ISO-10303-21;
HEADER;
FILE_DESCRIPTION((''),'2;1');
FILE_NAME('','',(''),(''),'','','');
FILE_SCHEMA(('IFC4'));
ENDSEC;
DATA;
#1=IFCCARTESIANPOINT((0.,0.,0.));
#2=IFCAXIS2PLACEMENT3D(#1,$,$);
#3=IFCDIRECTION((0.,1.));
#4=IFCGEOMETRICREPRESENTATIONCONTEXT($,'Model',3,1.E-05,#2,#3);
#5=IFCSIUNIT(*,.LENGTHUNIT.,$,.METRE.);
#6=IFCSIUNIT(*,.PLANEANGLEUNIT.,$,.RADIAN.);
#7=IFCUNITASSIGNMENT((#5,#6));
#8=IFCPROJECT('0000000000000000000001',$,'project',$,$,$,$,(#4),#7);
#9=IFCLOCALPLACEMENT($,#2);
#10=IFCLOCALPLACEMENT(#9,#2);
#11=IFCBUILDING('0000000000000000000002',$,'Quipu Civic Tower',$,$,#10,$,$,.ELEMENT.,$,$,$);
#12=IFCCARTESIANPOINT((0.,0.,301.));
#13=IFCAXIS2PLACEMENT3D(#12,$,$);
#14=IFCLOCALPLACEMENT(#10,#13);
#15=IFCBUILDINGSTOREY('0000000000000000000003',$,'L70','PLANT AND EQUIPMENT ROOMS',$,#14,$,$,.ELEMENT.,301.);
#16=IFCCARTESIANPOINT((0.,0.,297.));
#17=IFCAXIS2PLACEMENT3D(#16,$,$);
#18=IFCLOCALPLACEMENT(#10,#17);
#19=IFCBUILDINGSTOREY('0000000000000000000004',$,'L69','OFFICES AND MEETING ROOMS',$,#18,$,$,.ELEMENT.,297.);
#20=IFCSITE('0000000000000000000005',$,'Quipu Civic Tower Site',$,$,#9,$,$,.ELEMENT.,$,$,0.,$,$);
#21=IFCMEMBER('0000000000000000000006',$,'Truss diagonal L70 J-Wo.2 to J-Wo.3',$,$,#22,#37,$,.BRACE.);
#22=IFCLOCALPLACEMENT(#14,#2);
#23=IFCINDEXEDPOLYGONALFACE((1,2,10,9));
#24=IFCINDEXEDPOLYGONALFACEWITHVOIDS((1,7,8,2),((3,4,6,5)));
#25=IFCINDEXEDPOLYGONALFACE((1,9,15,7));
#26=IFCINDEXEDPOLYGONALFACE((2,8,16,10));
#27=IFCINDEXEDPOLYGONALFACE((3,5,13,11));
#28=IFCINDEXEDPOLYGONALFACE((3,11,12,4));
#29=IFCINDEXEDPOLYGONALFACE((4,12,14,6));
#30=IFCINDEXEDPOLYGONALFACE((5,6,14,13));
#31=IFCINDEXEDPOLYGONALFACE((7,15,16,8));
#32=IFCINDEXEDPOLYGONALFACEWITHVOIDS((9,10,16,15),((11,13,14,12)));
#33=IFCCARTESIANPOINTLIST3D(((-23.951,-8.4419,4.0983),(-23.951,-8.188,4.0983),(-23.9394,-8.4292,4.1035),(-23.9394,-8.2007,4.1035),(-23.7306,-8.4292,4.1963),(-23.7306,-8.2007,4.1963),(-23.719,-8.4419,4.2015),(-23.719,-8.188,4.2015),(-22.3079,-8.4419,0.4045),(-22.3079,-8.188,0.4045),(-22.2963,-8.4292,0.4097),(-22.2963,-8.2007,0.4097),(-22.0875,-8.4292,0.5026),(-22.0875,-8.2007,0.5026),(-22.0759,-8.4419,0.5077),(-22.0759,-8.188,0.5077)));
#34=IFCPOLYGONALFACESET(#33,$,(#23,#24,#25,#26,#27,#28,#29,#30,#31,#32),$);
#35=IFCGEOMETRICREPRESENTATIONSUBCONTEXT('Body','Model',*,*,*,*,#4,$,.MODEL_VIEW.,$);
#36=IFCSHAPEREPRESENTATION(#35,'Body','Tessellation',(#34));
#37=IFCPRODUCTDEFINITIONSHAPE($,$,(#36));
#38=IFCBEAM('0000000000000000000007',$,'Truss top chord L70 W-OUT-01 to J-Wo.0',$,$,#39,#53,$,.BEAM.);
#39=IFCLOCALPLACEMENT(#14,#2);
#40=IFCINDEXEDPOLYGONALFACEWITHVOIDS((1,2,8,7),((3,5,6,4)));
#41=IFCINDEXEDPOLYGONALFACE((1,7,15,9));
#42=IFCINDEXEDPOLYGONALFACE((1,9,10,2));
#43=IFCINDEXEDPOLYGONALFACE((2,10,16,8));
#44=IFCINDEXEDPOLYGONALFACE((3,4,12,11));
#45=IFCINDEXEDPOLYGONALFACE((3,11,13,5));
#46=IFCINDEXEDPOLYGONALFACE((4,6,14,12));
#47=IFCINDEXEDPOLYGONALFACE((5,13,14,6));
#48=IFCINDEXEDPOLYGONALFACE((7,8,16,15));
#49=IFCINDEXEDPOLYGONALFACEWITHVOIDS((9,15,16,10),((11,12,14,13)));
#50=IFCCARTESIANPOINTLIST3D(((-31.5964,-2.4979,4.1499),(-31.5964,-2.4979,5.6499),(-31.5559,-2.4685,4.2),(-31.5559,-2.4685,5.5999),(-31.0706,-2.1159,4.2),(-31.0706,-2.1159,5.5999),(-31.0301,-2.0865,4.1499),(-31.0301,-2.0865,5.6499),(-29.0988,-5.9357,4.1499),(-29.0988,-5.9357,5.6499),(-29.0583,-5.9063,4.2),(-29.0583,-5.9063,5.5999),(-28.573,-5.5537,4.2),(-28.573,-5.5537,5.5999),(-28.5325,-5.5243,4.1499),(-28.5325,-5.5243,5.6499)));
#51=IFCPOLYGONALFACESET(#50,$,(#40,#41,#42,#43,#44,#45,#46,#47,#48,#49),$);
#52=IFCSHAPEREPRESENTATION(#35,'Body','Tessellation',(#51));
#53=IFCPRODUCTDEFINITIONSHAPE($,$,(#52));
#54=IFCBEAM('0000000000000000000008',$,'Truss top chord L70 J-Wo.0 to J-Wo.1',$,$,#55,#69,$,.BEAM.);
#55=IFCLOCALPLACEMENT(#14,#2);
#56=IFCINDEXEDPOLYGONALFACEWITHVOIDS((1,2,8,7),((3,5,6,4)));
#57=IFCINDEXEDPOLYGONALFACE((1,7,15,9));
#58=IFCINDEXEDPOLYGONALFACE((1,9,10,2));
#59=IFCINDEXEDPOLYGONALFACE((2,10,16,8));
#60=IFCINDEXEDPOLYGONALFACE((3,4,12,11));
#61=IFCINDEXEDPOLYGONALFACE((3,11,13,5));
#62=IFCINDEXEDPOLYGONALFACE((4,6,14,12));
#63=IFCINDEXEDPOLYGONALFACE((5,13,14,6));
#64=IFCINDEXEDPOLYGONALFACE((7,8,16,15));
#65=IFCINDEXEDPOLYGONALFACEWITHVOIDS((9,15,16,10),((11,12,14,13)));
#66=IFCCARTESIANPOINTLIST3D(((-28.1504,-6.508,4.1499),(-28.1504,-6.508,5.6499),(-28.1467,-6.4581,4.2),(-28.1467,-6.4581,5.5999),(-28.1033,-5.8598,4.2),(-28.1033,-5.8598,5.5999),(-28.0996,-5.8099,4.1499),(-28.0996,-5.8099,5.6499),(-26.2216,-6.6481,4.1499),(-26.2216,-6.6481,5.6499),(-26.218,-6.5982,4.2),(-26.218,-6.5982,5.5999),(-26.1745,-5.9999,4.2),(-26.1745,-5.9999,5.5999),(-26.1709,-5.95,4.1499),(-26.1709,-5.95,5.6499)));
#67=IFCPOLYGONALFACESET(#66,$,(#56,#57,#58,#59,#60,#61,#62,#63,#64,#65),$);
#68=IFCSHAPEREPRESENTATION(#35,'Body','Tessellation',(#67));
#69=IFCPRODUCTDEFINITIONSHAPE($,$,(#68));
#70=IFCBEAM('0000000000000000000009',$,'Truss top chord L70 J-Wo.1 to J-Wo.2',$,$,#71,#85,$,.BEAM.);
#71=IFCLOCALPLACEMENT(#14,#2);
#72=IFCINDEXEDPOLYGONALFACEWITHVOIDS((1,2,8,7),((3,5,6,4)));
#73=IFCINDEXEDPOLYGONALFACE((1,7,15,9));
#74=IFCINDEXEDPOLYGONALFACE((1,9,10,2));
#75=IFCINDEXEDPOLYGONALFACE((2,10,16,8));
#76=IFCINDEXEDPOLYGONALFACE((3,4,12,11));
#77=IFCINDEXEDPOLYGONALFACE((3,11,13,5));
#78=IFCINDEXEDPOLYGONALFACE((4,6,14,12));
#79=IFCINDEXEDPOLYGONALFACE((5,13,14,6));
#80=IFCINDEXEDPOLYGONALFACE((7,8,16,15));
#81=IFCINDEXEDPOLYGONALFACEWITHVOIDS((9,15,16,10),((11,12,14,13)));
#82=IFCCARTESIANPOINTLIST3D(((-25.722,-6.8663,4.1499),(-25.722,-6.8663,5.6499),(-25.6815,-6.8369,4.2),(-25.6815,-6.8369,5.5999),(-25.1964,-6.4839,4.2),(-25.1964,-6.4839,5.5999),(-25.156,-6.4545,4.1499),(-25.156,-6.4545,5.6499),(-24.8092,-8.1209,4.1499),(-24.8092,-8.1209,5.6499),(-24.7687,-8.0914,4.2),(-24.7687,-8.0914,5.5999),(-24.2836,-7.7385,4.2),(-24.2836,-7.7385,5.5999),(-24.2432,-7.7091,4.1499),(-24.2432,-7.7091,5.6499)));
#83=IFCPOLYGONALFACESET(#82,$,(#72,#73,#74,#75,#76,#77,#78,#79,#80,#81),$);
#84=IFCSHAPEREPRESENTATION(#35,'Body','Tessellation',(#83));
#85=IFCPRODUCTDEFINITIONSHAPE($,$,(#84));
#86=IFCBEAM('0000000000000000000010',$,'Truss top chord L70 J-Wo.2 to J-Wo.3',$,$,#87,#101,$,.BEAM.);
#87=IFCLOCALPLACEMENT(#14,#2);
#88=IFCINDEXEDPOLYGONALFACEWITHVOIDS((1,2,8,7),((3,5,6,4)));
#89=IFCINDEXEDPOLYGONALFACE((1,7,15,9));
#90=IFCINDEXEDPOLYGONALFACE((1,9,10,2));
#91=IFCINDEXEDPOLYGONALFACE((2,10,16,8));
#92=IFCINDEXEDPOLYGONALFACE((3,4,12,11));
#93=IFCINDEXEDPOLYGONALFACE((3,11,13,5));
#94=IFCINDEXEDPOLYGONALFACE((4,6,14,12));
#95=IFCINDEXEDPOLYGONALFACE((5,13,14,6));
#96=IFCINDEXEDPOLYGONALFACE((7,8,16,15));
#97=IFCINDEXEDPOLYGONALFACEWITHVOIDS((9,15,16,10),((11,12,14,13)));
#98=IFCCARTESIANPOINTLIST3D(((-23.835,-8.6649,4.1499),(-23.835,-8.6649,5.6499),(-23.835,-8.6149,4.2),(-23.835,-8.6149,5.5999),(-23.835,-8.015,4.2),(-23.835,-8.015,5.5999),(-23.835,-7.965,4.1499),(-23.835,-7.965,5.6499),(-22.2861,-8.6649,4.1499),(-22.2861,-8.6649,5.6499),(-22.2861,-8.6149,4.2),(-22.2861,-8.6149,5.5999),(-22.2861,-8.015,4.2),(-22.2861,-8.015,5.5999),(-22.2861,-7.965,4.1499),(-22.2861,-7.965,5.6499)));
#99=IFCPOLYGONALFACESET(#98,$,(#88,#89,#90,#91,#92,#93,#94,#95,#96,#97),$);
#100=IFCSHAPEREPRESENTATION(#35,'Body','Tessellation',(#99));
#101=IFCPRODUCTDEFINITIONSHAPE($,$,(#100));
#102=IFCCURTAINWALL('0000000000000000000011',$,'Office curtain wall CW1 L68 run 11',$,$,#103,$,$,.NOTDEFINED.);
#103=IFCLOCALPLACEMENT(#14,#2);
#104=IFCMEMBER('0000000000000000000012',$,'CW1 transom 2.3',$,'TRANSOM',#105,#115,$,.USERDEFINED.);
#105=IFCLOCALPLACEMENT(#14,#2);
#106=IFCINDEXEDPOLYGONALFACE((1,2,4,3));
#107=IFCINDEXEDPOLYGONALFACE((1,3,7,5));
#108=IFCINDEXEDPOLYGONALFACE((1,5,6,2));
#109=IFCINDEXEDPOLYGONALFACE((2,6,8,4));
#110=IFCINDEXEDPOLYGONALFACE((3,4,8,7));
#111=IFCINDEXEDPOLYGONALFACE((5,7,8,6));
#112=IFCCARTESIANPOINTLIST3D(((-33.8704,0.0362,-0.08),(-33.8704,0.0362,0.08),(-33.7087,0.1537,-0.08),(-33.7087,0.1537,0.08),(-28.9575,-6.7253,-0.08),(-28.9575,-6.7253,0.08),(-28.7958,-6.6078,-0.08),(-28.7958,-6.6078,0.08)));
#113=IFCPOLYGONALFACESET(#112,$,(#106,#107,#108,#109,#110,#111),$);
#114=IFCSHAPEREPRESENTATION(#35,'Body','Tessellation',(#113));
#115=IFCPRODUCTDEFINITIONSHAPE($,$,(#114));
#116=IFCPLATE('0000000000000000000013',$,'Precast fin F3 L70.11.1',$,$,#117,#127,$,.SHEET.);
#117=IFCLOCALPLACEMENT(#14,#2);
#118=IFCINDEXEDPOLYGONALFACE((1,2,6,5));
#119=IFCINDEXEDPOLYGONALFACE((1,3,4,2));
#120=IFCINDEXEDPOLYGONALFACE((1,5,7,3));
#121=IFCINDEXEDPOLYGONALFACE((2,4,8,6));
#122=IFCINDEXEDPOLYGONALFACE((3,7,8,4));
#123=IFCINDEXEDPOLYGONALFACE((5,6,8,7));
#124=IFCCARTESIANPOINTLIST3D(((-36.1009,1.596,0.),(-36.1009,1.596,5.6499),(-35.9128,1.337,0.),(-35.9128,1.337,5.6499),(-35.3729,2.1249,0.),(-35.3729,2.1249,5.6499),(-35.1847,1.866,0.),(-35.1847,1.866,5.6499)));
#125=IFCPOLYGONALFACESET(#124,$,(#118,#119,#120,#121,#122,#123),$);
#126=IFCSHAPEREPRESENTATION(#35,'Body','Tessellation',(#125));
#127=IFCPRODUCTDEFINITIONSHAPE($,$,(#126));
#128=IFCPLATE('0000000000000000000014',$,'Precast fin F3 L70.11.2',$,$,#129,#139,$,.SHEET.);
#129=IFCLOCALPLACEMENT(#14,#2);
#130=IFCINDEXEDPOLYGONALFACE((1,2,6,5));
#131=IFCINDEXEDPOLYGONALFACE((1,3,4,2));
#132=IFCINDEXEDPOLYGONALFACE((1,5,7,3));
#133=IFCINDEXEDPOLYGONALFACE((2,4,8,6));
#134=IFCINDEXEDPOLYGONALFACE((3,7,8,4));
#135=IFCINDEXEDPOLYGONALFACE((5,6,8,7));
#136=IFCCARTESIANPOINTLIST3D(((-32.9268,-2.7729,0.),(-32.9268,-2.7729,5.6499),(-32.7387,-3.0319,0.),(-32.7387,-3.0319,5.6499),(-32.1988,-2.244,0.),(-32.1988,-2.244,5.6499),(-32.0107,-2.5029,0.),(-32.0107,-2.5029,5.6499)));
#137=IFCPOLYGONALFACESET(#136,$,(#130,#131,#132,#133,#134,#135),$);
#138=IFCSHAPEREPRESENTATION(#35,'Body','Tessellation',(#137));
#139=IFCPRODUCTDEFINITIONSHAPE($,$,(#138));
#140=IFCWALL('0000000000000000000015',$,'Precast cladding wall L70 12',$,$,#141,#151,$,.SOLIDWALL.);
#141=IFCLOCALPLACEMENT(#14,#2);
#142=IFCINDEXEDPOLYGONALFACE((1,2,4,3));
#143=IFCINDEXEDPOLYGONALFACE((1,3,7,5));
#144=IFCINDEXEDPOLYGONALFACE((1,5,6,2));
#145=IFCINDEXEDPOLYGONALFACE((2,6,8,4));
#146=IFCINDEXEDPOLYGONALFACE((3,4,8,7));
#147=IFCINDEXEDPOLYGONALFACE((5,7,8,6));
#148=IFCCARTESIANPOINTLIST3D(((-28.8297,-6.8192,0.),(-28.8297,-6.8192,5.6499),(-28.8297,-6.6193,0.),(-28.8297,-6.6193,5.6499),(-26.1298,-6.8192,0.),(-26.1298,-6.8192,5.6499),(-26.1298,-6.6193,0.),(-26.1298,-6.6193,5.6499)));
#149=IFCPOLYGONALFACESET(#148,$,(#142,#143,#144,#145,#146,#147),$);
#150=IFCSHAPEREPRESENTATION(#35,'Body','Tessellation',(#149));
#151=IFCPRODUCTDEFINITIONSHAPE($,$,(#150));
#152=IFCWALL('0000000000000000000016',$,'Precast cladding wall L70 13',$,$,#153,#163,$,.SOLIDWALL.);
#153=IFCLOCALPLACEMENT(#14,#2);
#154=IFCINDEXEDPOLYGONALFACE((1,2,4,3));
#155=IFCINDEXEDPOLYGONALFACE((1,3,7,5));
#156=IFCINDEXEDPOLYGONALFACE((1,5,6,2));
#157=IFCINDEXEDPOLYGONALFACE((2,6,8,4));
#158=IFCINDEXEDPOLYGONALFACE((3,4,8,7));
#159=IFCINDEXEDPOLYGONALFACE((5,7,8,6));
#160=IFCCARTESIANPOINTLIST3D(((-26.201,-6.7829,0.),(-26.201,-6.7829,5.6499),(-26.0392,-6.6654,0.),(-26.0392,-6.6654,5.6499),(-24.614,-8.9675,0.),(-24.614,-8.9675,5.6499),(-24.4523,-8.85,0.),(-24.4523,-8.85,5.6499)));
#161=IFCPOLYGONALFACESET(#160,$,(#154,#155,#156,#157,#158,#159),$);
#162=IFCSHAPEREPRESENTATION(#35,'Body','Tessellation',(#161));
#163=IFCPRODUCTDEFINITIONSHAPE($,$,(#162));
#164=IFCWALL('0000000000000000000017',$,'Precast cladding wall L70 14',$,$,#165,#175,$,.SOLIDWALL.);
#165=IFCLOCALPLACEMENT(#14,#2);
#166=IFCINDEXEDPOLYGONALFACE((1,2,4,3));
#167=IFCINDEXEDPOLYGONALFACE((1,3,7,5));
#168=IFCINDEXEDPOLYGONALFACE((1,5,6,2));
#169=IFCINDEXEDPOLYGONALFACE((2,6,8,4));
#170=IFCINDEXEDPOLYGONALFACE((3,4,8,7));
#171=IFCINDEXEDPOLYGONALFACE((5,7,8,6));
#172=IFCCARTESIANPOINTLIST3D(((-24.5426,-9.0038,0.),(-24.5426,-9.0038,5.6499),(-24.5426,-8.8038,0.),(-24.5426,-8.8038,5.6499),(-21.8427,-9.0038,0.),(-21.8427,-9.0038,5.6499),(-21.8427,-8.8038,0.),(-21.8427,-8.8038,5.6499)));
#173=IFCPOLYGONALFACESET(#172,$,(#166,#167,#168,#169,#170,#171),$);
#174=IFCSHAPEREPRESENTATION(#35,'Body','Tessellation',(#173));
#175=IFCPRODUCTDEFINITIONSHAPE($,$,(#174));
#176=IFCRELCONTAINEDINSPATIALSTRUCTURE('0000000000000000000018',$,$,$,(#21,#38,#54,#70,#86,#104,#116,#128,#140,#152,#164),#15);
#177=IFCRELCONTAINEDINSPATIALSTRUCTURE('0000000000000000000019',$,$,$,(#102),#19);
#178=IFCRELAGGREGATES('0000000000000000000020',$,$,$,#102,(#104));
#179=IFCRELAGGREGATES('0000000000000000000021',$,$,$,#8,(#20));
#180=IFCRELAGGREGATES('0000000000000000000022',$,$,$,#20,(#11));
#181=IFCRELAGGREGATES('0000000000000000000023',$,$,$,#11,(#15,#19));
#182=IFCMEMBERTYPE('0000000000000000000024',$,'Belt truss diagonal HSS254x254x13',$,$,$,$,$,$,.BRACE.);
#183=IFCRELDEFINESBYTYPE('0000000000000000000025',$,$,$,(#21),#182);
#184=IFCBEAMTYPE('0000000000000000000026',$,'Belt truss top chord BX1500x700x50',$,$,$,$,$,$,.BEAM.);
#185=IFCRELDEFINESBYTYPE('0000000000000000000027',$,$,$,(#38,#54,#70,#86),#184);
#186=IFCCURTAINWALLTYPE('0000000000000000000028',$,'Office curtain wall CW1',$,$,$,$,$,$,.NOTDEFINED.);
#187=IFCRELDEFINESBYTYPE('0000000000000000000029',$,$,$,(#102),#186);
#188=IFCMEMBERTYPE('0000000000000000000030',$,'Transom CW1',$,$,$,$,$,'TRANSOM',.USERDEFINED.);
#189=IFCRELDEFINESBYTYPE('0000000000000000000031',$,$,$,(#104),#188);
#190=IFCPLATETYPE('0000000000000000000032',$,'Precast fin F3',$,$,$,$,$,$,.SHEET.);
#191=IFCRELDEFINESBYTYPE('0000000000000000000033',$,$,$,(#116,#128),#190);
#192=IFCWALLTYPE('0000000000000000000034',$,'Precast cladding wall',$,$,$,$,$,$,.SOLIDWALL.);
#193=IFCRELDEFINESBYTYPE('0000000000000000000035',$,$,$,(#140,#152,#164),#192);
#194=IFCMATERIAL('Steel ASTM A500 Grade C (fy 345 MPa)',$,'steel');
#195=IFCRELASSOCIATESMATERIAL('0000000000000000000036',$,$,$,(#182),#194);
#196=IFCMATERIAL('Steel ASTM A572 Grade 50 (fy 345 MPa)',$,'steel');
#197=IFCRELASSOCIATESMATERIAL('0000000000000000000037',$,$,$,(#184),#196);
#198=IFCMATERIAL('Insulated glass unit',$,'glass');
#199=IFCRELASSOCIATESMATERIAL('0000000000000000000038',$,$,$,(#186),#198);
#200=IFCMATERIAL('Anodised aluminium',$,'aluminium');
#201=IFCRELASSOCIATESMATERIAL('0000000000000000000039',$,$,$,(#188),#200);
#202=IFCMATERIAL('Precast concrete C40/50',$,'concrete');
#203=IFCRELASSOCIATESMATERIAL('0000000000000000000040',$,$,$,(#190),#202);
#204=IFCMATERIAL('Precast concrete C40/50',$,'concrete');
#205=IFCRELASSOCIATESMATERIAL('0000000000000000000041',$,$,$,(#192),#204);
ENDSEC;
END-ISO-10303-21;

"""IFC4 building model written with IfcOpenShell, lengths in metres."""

from ifc_helpers import new_model, si_unit, direction, frame, frame_2d, origin, origin_2d, place, context, subcontext, project, spatial, rectangle, hollow_rectangle, extrude, material, material_profile, profile_set, type_object, element, aggregate, save


model = new_model("IFC4")

# Units and contexts
model_context = context("Model", 3, precision=1e-05, world=origin(), true_north=direction((0.0, 1.0)))
body_context = subcontext(model_context, "Body", "Model", "MODEL_VIEW")
ifc_project = project(units=[si_unit("LENGTHUNIT", "METRE"), si_unit("PLANEANGLEUNIT", "RADIAN")], contexts=[model_context])

# Site, building, storey
site_placement = place(None, origin())
site = spatial("IfcSite", under=ifc_project, at=site_placement, Name="Quipu Civic Tower Site", CompositionType="ELEMENT", RefElevation=0.0)
building_placement = place(site_placement, origin())
building = spatial("IfcBuilding", under=site, at=building_placement, Name="Quipu Civic Tower", CompositionType="ELEMENT")
storey_1_placement = place(building_placement, frame((0.0, 0.0, 301.0)))
storey_1 = spatial("IfcBuildingStorey", under=building, at=storey_1_placement, Name="L70", Description="PLANT AND EQUIPMENT ROOMS", CompositionType="ELEMENT", Elevation=301.0)

# Member
ifc_material_1 = material(Name="Steel ASTM A500 Grade C (fy 345 MPa)", Category="steel")
ifc_material_profile_1 = material_profile(ifc_material_1, hollow_rectangle(XDim=0.2539, YDim=0.2539, WallThickness=0.0127, at=origin_2d()), Name="HSS254x254x13")
ifc_profile_set_1 = profile_set([ifc_material_profile_1], Name="Steel ASTM A500 Grade C (fy 345 MPa)")
member_type_1 = type_object("IfcMemberType", Name="Belt truss diagonal HSS254x254x13", PredefinedType="BRACE", material=ifc_profile_set_1)
member_1_placement = place(storey_1_placement, frame((-23.835, -8.3149, 4.1499), z_axis=(0.406419, 0.0, -0.913687), x_axis=(0.0, 1.0, 0.0)))
element("IfcMember", 1, at=member_1_placement, inside=storey_1, type_object=member_type_1, Name="Truss diagonal L70 J-Wo.2 to J-Wo.3", PredefinedType="BRACE", context=body_context, shape_type="SweptSolid", body=[
    extrude(hollow_rectangle(XDim=0.2539, YDim=0.2539, WallThickness=0.0127, at=origin_2d()), origin(), (0.0, 0.0, 1.0), 4.0427),
])

# Beams
ifc_material_2 = material(Name="Steel ASTM A572 Grade 50 (fy 345 MPa)", Category="steel")
ifc_material_profile_2 = material_profile(ifc_material_2, hollow_rectangle(XDim=0.7, YDim=1.5, WallThickness=0.05, at=origin_2d()), Name="BX1500x700x50")
ifc_profile_set_2 = profile_set([ifc_material_profile_2], Name="Steel ASTM A572 Grade 50 (fy 345 MPa)")
beam_type_1 = type_object("IfcBeamType", Name="Belt truss top chord BX1500x700x50", PredefinedType="BEAM", material=ifc_profile_set_2)
beam_1_placement = place(storey_1_placement, frame((-31.3132, -2.2922, 4.8999), z_axis=(0.587769, -0.809029, 0.0), x_axis=(0.809029, 0.587769, 0.0)))
element("IfcBeam", 2, at=beam_1_placement, inside=storey_1, type_object=beam_type_1, Name="Truss top chord L70 W-OUT-01 to J-Wo.0", PredefinedType="BEAM", context=body_context, shape_type="SweptSolid", body=[
    extrude(hollow_rectangle(XDim=0.7, YDim=1.5, WallThickness=0.05, at=origin_2d()), origin(), (0.0, 0.0, 1.0), 4.2493),
])
beam_2_placement = place(storey_1_placement, frame((-28.125, -6.1589, 4.8999), z_axis=(0.997371, -0.072467, 0.0), x_axis=(0.072467, 0.997371, 0.0)))
element("IfcBeam", 3, at=beam_2_placement, inside=storey_1, type_object=beam_type_1, Name="Truss top chord L70 J-Wo.0 to J-Wo.1", PredefinedType="BEAM", context=body_context, shape_type="SweptSolid", body=[
    extrude(hollow_rectangle(XDim=0.7, YDim=1.5, WallThickness=0.05, at=origin_2d()), origin(), (0.0, 0.0, 1.0), 1.9338),
])
beam_3_placement = place(storey_1_placement, frame((-25.439, -6.6604, 4.8999), z_axis=(0.588331, -0.80862, 0.0), x_axis=(0.80862, 0.588331, 0.0)))
element("IfcBeam", 4, at=beam_3_placement, inside=storey_1, type_object=beam_type_1, Name="Truss top chord L70 J-Wo.1 to J-Wo.2", PredefinedType="BEAM", context=body_context, shape_type="SweptSolid", body=[
    extrude(hollow_rectangle(XDim=0.7, YDim=1.5, WallThickness=0.05, at=origin_2d()), origin(), (0.0, 0.0, 1.0), 1.5515),
])
beam_4_placement = place(storey_1_placement, frame((-23.835, -8.3149, 4.8999), z_axis=(1.0, 0.0, 0.0), x_axis=(0.0, 1.0, 0.0)))
element("IfcBeam", 5, at=beam_4_placement, inside=storey_1, type_object=beam_type_1, Name="Truss top chord L70 J-Wo.2 to J-Wo.3", PredefinedType="BEAM", context=body_context, shape_type="SweptSolid", body=[
    extrude(hollow_rectangle(XDim=0.7, YDim=1.5, WallThickness=0.05, at=origin_2d()), origin(), (0.0, 0.0, 1.0), 1.5488),
])

# Shared definitions
storey_2_placement = place(building_placement, frame((0.0, 0.0, 297.0)))
storey_2 = spatial("IfcBuildingStorey", under=building, at=storey_2_placement, Name="L69", Description="OFFICES AND MEETING ROOMS", CompositionType="ELEMENT", Elevation=297.0)

# Curtain wall, member
ifc_material_3 = material(Name="Insulated glass unit", Category="glass")
curtain_wall_type = type_object("IfcCurtainWallType", Name="Office curtain wall CW1", PredefinedType="NOTDEFINED", material=ifc_material_3)
curtain_wall_placement = place(storey_2_placement, origin())
curtain_wall = element("IfcCurtainWall", 6, at=curtain_wall_placement, inside=storey_2, type_object=curtain_wall_type, Name="Office curtain wall CW1 L68 run 11", PredefinedType="NOTDEFINED")
ifc_material_4 = material(Name="Anodised aluminium", Category="aluminium")
ifc_material_profile_3 = material_profile(ifc_material_4, rectangle(XDim=0.2, YDim=0.1599, at=origin_2d()), Name="RECT 200x160")
ifc_profile_set_3 = profile_set([ifc_material_profile_3], Name="Anodised aluminium")
member_type_2 = type_object("IfcMemberType", Name="Transom CW1", ElementType="TRANSOM", PredefinedType="USERDEFINED", material=ifc_profile_set_3)
member_2_placement = place(storey_1_placement, frame((-33.7896, 0.095, 0.0), z_axis=(0.587812, -0.808997, 0.0), x_axis=(0.808997, 0.587812, 0.0)))
member_2 = element("IfcMember", 7, at=member_2_placement, inside=storey_1, type_object=member_type_2, Name="CW1 transom 2.3", ObjectType="TRANSOM", PredefinedType="USERDEFINED", context=body_context, shape_type="SweptSolid", body=[
    extrude(rectangle(XDim=0.2, YDim=0.1599, at=origin_2d()), origin(), (0.0, 0.0, 1.0), 8.3579),
])
aggregate(curtain_wall, [member_2])

# Plates
ifc_material_5 = material(Name="Precast concrete C40/50", Category="concrete")
plate_type = type_object("IfcPlateType", Name="Precast fin F3", PredefinedType="SHEET", material=ifc_material_5)
for number, where, z_axis, x_axis, name in (
    (8, (-35.6428, 1.731, 0.0), (0.0, 0.0, 1.0), (0.587787, -0.809016, 0.0), "Precast fin F3 L70.11.1"),
    (9, (-32.4688, -2.6379, 0.0), (0.0, 0.0, 1.0), (0.587787, -0.809016, 0.0), "Precast fin F3 L70.11.2"),
):
    element("IfcPlate", number, at=place(storey_1_placement, frame(where, z_axis=z_axis, x_axis=x_axis)), inside=storey_1, type_object=plate_type, Name=name, PredefinedType="SHEET", context=body_context, shape_type="SweptSolid", body=[
        extrude(rectangle(XDim=0.3201, YDim=0.8999, at=origin_2d()), origin(), (0.0, 0.0, 1.0), 5.6499),
    ])

# Walls
ifc_material_6 = material(Name="Precast concrete C40/50", Category="concrete")
wall_type = type_object("IfcWallType", Name="Precast cladding wall", PredefinedType="SOLIDWALL", material=ifc_material_6)
wall_1_placement = place(storey_1_placement, frame((-28.8298, -6.7192, 0.0), z_axis=(0.0, 0.0, 1.0), x_axis=(1.0, 0.0, 0.0)))
element("IfcWall", 10, at=wall_1_placement, inside=storey_1, type_object=wall_type, Name="Precast cladding wall L70 12", PredefinedType="SOLIDWALL", context=body_context, shape_type="SweptSolid", body=[
    extrude(rectangle(XDim=2.7, YDim=0.2, at=frame_2d((1.3501, 0.0))), origin(), (0.0, 0.0, 1.0), 5.6499),
])
wall_2_placement = place(storey_1_placement, frame((-26.1201, -6.7241, 0.0), z_axis=(0.0, 0.0, 1.0), x_axis=(0.58772, -0.809064, 0.0)))
element("IfcWall", 11, at=wall_2_placement, inside=storey_1, type_object=wall_type, Name="Precast cladding wall L70 13", PredefinedType="SOLIDWALL", context=body_context, shape_type="SweptSolid", body=[
    extrude(rectangle(XDim=2.7002, YDim=0.2, at=frame_2d((1.3501, 0.0))), origin(), (0.0, 0.0, 1.0), 5.6499),
])
wall_3_placement = place(storey_1_placement, frame((-24.5427, -8.9038, 0.0), z_axis=(0.0, 0.0, 1.0), x_axis=(1.0, 0.0, 0.0)))
element("IfcWall", 12, at=wall_3_placement, inside=storey_1, type_object=wall_type, Name="Precast cladding wall L70 14", PredefinedType="SOLIDWALL", context=body_context, shape_type="SweptSolid", body=[
    extrude(rectangle(XDim=2.7, YDim=0.2, at=frame_2d((1.3501, 0.0))), origin(), (0.0, 0.0, 1.0), 5.6499),
])

save(model, "model.ifc")
